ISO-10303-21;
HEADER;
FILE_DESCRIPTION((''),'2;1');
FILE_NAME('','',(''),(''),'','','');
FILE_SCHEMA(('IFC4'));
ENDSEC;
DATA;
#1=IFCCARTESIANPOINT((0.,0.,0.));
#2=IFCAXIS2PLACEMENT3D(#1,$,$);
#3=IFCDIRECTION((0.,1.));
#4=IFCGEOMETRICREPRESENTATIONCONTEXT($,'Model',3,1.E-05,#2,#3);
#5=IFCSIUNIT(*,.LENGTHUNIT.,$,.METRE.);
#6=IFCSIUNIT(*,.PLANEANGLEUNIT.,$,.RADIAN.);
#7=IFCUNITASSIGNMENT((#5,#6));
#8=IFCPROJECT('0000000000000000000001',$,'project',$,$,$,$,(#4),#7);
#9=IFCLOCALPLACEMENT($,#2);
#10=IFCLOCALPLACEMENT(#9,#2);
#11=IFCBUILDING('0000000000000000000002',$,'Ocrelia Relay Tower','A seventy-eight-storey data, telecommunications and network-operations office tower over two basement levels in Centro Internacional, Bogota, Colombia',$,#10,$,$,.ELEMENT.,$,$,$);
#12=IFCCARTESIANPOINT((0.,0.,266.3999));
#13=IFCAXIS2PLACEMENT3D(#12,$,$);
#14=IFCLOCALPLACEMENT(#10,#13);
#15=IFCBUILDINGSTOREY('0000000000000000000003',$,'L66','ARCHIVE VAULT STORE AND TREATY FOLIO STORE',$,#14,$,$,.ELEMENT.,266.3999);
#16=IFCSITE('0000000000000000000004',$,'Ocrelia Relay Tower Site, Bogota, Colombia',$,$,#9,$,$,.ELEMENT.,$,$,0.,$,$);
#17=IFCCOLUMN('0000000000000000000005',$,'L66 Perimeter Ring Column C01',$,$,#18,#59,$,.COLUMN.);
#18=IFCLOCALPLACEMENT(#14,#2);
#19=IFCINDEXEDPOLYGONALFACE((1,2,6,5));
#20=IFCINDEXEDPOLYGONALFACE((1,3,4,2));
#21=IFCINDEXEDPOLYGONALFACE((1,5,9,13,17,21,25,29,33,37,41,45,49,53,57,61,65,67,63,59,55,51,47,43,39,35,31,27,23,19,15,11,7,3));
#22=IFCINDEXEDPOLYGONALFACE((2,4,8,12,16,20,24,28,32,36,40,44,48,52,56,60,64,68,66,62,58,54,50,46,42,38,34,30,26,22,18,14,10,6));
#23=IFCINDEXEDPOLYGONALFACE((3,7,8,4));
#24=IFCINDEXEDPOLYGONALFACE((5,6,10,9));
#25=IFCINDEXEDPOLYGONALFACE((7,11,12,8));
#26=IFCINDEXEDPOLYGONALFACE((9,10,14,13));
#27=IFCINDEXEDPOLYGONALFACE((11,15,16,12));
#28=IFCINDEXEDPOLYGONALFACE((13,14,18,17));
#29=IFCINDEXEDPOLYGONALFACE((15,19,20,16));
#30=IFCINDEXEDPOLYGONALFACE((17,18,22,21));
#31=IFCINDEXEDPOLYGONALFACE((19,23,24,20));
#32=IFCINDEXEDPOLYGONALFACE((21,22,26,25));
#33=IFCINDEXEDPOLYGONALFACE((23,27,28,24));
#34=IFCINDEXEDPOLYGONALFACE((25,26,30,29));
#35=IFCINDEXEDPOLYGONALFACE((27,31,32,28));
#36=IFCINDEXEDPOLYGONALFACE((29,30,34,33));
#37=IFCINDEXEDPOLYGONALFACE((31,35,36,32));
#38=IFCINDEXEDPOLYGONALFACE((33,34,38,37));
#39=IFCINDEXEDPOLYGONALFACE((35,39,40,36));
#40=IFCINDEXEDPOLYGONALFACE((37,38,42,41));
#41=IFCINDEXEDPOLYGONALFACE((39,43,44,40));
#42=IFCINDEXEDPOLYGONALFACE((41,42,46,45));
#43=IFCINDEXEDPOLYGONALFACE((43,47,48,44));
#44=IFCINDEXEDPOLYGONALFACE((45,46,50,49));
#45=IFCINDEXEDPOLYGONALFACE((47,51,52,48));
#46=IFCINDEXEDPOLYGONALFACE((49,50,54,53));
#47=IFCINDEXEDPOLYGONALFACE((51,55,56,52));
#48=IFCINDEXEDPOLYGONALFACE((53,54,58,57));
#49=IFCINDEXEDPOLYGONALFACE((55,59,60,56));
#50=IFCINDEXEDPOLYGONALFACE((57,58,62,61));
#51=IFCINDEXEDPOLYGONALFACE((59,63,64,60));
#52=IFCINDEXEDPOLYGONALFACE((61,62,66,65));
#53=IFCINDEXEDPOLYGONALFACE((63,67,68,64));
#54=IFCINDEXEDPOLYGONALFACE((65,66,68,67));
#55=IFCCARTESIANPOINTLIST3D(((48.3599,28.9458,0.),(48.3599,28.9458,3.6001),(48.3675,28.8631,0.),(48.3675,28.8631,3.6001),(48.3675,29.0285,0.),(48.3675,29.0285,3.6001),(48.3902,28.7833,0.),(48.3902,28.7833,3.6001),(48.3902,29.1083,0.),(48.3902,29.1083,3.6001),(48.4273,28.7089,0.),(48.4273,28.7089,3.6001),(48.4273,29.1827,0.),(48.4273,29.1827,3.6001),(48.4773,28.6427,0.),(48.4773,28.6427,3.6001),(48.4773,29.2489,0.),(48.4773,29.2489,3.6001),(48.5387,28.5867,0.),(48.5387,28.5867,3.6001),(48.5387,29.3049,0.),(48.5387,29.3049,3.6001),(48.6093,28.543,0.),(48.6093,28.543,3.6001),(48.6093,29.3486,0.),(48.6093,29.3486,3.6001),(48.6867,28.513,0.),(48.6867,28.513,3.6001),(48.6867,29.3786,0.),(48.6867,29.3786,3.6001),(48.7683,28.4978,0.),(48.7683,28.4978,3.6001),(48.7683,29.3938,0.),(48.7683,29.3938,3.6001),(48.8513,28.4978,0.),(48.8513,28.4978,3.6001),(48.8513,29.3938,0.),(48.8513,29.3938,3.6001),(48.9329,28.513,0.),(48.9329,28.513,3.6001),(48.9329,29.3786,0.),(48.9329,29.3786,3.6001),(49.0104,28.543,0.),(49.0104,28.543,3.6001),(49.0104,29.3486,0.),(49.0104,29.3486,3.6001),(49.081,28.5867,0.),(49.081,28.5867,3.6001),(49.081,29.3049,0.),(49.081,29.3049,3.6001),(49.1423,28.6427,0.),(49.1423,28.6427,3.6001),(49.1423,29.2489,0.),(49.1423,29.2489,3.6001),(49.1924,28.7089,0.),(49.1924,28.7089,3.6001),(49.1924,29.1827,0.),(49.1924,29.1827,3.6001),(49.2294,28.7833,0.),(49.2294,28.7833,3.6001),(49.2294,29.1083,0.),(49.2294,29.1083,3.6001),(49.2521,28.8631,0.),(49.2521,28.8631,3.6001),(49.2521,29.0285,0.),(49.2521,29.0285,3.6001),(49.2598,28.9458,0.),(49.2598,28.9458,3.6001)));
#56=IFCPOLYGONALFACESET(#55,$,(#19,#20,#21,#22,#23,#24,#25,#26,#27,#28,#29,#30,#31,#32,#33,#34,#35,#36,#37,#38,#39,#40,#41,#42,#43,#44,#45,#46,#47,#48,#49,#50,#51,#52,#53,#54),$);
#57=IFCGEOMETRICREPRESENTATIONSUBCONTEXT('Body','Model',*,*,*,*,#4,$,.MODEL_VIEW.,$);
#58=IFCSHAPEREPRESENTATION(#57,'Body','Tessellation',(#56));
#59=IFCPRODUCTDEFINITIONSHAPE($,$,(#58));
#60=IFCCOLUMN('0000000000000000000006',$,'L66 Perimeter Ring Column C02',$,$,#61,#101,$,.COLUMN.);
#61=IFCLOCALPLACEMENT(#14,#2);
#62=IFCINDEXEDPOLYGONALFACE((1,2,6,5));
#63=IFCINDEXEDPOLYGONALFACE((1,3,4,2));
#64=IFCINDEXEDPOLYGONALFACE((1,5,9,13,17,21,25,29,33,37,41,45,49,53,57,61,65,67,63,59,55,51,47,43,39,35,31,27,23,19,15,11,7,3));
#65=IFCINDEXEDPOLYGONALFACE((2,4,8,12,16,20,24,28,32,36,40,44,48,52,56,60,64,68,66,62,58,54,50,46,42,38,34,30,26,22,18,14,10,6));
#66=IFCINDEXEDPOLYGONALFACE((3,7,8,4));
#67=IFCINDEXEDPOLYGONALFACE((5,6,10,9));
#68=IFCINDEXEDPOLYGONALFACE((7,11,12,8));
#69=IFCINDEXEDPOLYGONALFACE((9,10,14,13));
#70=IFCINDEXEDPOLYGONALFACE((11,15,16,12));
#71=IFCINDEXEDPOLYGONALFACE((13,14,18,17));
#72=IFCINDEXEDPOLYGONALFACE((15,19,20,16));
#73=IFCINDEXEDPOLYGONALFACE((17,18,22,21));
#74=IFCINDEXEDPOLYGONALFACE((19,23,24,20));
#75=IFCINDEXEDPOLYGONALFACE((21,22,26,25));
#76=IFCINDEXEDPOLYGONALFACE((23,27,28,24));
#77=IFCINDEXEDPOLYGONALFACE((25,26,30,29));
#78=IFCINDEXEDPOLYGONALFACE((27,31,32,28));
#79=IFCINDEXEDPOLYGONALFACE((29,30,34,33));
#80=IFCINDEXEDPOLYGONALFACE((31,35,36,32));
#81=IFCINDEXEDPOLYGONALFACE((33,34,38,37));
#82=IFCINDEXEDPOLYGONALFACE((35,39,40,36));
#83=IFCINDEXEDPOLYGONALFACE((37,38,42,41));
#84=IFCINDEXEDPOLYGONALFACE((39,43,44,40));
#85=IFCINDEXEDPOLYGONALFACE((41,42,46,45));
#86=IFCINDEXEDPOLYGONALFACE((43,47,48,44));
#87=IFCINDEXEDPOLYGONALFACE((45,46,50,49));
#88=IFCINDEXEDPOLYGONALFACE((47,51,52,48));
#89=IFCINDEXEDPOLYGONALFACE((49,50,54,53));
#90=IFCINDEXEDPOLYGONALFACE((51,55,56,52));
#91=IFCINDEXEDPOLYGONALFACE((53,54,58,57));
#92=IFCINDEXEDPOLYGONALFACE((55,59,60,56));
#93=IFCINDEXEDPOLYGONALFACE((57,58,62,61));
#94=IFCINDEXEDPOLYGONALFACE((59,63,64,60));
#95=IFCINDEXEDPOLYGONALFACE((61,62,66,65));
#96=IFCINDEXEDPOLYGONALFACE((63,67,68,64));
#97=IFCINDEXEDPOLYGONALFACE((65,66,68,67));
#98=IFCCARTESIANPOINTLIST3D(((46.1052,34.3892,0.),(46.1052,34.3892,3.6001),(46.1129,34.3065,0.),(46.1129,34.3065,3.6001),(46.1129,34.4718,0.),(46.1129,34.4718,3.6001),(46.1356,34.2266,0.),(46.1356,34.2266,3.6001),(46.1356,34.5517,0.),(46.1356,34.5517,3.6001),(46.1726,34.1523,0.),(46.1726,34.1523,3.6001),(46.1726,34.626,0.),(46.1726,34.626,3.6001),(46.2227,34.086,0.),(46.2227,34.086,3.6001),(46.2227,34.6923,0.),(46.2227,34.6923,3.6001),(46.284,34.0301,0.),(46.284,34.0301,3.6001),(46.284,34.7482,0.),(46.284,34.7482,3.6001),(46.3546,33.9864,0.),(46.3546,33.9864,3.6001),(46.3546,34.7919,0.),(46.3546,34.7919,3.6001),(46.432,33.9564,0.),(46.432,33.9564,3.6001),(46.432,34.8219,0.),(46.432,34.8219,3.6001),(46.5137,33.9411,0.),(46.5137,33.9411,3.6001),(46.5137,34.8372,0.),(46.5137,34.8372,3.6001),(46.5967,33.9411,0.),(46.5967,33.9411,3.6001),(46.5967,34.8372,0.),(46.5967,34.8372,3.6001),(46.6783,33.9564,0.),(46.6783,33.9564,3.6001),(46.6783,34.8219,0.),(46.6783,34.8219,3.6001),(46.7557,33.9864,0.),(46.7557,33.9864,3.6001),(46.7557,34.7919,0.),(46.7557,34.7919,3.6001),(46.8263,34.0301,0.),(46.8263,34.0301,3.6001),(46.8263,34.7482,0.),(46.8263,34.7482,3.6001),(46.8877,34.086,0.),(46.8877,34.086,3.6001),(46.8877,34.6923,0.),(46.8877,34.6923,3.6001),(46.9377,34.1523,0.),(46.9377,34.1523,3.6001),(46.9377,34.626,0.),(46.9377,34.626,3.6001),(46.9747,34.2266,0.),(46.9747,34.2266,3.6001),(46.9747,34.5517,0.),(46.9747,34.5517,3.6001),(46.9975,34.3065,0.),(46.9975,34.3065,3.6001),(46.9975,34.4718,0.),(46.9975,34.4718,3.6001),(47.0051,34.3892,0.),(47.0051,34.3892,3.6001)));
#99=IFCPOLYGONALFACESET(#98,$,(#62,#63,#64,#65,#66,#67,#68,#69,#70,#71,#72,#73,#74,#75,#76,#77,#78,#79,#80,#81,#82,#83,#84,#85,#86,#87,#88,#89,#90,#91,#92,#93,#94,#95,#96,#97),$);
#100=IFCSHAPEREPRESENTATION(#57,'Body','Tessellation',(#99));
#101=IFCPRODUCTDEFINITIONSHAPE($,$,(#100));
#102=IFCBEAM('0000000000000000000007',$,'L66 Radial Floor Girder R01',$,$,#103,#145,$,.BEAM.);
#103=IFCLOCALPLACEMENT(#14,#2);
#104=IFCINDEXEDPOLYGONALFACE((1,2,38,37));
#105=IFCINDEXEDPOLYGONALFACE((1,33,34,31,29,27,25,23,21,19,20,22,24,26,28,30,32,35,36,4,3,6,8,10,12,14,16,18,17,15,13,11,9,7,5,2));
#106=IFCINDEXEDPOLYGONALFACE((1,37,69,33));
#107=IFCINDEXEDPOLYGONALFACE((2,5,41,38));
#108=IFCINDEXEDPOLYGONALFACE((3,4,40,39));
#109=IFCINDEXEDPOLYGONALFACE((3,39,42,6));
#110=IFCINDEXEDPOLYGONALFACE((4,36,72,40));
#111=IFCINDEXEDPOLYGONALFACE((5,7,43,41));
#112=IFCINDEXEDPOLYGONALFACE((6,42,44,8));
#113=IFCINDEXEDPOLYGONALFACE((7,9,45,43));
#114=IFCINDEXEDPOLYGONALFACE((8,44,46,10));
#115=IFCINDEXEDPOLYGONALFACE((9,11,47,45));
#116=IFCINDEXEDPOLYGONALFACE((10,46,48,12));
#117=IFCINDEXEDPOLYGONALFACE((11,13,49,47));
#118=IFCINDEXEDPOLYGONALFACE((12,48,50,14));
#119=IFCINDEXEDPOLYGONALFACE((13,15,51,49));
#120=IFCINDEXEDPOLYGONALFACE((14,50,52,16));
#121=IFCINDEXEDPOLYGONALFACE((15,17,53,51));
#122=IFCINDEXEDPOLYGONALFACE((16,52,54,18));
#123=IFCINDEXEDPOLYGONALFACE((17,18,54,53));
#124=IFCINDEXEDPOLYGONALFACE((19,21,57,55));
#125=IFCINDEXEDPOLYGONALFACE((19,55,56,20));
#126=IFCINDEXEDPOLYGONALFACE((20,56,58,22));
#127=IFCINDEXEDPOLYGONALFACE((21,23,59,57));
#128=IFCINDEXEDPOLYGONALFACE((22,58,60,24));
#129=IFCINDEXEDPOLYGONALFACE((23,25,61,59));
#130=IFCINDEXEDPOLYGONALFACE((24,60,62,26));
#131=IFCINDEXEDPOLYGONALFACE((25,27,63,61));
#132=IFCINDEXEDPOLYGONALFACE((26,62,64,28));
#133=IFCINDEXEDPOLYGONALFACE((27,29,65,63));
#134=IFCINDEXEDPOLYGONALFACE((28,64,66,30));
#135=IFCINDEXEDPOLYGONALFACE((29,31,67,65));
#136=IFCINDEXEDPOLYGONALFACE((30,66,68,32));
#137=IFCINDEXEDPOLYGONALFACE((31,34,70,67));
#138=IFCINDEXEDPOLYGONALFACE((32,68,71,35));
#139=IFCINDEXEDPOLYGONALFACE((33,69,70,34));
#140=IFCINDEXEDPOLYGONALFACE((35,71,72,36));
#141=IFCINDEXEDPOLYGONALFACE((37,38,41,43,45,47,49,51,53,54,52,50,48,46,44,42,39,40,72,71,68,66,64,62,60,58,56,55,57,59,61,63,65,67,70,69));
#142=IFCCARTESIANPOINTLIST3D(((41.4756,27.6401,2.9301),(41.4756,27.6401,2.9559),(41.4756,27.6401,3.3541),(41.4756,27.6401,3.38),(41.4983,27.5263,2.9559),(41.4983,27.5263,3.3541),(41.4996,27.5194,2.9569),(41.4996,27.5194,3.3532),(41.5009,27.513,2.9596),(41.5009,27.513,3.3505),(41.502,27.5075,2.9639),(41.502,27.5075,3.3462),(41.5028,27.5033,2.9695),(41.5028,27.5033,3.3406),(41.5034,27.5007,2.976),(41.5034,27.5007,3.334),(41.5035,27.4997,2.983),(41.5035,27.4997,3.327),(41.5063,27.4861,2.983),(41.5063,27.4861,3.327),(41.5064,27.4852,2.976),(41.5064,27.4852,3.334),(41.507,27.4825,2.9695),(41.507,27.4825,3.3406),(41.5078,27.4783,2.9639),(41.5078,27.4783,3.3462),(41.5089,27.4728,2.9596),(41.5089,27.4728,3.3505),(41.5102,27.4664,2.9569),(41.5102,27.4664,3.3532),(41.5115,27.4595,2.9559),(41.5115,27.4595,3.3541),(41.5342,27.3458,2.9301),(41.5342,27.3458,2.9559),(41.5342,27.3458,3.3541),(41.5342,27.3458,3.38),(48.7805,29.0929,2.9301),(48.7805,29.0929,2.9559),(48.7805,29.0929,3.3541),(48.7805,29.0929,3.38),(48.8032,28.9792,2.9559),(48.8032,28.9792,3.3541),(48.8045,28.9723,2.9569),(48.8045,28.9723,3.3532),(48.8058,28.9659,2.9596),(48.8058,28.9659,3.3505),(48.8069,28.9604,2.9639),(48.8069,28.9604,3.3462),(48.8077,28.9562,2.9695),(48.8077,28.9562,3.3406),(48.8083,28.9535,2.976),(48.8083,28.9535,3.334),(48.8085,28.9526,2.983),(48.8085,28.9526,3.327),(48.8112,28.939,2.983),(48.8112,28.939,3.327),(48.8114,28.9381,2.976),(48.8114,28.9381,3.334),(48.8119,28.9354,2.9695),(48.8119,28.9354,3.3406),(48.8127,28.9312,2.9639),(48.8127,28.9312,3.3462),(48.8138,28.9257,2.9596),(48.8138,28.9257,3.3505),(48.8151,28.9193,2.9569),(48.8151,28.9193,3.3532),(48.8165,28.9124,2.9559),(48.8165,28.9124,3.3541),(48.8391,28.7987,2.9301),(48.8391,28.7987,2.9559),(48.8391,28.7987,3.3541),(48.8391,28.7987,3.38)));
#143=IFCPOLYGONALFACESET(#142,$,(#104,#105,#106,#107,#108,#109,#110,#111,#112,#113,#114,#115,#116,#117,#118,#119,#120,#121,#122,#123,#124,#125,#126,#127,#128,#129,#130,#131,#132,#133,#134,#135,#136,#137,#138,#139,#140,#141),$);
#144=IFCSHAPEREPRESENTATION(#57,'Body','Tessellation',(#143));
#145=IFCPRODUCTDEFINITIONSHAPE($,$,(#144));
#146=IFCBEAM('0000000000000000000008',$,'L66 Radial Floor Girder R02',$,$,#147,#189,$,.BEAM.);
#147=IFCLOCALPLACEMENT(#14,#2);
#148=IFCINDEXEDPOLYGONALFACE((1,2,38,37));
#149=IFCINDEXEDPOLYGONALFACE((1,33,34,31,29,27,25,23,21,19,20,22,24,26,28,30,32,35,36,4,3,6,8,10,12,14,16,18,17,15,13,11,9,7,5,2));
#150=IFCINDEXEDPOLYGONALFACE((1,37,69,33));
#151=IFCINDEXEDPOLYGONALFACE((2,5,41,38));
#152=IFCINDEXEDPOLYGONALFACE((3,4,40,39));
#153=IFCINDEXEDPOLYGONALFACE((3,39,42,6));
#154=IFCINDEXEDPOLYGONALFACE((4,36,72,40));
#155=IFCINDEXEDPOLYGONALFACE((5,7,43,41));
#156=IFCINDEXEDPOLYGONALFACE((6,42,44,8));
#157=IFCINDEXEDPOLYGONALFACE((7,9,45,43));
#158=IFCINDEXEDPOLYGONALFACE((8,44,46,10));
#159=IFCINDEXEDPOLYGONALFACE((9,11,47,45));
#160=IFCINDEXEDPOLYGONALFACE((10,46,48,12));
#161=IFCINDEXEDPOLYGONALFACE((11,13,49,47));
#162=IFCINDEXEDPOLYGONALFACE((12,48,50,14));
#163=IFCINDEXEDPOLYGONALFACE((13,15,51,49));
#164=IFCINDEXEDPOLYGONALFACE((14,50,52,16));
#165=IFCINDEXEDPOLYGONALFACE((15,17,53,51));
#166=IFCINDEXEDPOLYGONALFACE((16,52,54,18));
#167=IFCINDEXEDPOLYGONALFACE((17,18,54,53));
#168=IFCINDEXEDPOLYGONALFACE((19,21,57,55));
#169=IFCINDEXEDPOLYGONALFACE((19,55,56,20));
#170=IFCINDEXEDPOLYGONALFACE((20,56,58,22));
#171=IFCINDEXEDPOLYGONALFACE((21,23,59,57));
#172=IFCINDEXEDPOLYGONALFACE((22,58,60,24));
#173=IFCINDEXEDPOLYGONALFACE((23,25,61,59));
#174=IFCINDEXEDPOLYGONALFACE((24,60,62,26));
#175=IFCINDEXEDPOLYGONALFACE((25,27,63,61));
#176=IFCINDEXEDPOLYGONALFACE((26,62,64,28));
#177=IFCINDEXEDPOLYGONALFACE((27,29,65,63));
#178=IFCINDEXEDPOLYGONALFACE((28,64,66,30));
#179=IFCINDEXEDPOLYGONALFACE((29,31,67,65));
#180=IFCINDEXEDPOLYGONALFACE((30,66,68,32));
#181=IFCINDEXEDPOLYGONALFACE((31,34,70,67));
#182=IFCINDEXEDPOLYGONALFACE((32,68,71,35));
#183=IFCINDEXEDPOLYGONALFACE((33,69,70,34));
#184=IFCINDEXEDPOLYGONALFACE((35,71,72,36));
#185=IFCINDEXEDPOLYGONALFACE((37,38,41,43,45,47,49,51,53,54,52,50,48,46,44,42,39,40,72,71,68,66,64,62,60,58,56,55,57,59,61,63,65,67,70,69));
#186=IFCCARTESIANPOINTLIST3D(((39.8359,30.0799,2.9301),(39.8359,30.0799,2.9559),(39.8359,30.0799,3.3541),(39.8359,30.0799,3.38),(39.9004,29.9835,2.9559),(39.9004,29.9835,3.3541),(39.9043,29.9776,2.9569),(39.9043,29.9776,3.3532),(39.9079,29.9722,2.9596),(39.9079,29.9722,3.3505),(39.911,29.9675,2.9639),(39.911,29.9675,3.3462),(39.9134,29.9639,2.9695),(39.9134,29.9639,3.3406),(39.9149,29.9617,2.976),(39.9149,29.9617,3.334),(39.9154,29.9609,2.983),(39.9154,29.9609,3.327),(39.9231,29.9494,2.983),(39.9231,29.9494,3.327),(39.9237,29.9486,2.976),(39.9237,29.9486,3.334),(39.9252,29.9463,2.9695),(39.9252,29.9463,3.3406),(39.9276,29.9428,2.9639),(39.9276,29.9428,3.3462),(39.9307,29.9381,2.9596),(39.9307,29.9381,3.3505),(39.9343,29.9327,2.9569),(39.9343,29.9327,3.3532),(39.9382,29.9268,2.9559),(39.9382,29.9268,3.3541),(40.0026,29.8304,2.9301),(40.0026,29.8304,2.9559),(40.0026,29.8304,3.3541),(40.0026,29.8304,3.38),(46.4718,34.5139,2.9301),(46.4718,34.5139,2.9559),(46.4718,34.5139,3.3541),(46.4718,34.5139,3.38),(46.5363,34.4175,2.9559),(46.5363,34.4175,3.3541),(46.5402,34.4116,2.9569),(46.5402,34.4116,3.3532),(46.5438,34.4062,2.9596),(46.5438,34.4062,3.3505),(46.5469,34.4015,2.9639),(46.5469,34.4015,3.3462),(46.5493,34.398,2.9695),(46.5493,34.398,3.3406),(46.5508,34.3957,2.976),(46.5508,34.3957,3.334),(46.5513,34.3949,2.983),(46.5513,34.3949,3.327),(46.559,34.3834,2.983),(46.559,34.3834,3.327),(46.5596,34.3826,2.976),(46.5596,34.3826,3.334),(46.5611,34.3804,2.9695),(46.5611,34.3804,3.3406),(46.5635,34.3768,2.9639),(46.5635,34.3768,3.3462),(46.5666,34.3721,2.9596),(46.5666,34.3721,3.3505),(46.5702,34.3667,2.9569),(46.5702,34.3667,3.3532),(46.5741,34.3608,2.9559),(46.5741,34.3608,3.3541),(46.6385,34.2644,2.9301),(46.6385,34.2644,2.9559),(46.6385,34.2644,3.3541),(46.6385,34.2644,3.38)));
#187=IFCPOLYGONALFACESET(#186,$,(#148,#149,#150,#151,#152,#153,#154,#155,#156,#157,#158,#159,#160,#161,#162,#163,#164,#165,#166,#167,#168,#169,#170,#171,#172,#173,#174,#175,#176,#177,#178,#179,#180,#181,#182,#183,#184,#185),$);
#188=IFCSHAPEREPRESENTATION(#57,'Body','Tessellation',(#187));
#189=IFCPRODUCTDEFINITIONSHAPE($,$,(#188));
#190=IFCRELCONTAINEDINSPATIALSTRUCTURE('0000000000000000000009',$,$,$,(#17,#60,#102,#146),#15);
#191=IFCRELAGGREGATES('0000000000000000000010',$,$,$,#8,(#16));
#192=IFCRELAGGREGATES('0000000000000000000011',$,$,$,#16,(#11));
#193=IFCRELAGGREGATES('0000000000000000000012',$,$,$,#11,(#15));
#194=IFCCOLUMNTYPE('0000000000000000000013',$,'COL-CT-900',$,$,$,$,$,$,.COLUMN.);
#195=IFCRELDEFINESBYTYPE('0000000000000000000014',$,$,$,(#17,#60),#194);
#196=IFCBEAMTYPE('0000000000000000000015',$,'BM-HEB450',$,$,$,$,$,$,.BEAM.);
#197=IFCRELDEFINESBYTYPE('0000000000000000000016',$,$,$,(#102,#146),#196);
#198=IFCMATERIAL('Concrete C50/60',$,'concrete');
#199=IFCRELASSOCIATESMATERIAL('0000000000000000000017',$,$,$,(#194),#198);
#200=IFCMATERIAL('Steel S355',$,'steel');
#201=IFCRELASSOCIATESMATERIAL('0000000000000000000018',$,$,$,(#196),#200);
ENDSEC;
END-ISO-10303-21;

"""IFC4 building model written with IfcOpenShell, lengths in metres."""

from ifc_helpers import new_model, si_unit, direction, frame, origin, origin_2d, place, context, subcontext, project, spatial, circle, i_section, extrude, material, material_profile, profile_set, type_object, element, save


model = new_model("IFC4")

# Units and contexts
model_context = context("Model", 3, precision=1e-05, world=origin(), true_north=direction((0.0, 1.0)))
body_context = subcontext(model_context, "Body", "Model", "MODEL_VIEW")
ifc_project = project(units=[si_unit("LENGTHUNIT", "METRE"), si_unit("PLANEANGLEUNIT", "RADIAN")], contexts=[model_context])

# Site, building, storey
site_placement = place(None, origin())
site = spatial("IfcSite", under=ifc_project, at=site_placement, Name="Ocrelia Relay Tower Site, Bogota, Colombia", CompositionType="ELEMENT", RefElevation=0.0)
building_placement = place(site_placement, origin())
building = spatial("IfcBuilding", under=site, at=building_placement, Name="Ocrelia Relay Tower", Description="A seventy-eight-storey data, telecommunications and network-operations office tower over two basement levels in Centro Internacional, Bogota, Colombia", CompositionType="ELEMENT")
storey_placement = place(building_placement, frame((0.0, 0.0, 266.3999)))
storey = spatial("IfcBuildingStorey", under=building, at=storey_placement, Name="L66", Description="ARCHIVE VAULT STORE AND TREATY FOLIO STORE", CompositionType="ELEMENT", Elevation=266.3999)

# Columns
ifc_material_1 = material(Name="Concrete C50/60", Category="concrete")
ifc_material_profile_1 = material_profile(ifc_material_1, circle(Radius=0.45, at=origin_2d()), Name="RC-CIR-900")
ifc_profile_set_1 = profile_set([ifc_material_profile_1], Name="Concrete C50/60")
column_type = type_object("IfcColumnType", Name="COL-CT-900", PredefinedType="COLUMN", material=ifc_profile_set_1)
for number, where, z_axis, x_axis, name in (
    (1, (48.8098, 28.9458, 0.0), (0.0, 0.0, 1.0), (1.0, 0.0, 0.0), "L66 Perimeter Ring Column C01"),
    (2, (46.5552, 34.3892, 0.0), (0.0, 0.0, 1.0), (1.0, 0.0, 0.0), "L66 Perimeter Ring Column C02"),
):
    element("IfcColumn", number, at=place(storey_placement, frame(where, z_axis=z_axis, x_axis=x_axis)), inside=storey, type_object=column_type, Name=name, PredefinedType="COLUMN", context=body_context, shape_type="SweptSolid", body=[
        extrude(circle(Radius=0.45, at=origin_2d()), origin(), (0.0, 0.0, 1.0), 3.6001),
    ])

# Beams
ifc_material_2 = material(Name="Steel S355", Category="steel")
ifc_material_profile_2 = material_profile(ifc_material_2, i_section(OverallWidth=0.3, OverallDepth=0.45, WebThickness=0.0139, FlangeThickness=0.0259, FilletRadius=0.0271, at=origin_2d()), Name="HEB 450")
ifc_profile_set_2 = profile_set([ifc_material_profile_2], Name="Steel S355")
beam_type_1 = type_object("IfcBeamType", Name="BM-HEB450", PredefinedType="BEAM", material=ifc_profile_set_2)
beam_1_placement = place(storey_placement, frame((48.8098, 28.9458, 3.155), z_axis=(-0.980789, -0.19507, 0.0), x_axis=(0.19507, -0.980789, 0.0)))
element("IfcBeam", 3, at=beam_1_placement, inside=storey, type_object=beam_type_1, Name="L66 Radial Floor Girder R01", PredefinedType="BEAM", context=body_context, shape_type="SweptSolid", body=[
    extrude(i_section(OverallWidth=0.3, OverallDepth=0.45, WebThickness=0.0139, FlangeThickness=0.0259, FilletRadius=0.0271, at=origin_2d()), origin(), (0.0, 0.0, 1.0), 7.448),
])
beam_2_placement = place(storey_placement, frame((46.5552, 34.3892, 3.155), z_axis=(-0.831466, -0.555575, 0.0), x_axis=(0.555575, -0.831466, 0.0)))
element("IfcBeam", 4, at=beam_2_placement, inside=storey, type_object=beam_type_1, Name="L66 Radial Floor Girder R02", PredefinedType="BEAM", context=body_context, shape_type="SweptSolid", body=[
    extrude(i_section(OverallWidth=0.3, OverallDepth=0.45, WebThickness=0.0139, FlangeThickness=0.0259, FilletRadius=0.0271, at=origin_2d()), origin(), (0.0, 0.0, 1.0), 7.981),
])

save(model, "model.ifc")
